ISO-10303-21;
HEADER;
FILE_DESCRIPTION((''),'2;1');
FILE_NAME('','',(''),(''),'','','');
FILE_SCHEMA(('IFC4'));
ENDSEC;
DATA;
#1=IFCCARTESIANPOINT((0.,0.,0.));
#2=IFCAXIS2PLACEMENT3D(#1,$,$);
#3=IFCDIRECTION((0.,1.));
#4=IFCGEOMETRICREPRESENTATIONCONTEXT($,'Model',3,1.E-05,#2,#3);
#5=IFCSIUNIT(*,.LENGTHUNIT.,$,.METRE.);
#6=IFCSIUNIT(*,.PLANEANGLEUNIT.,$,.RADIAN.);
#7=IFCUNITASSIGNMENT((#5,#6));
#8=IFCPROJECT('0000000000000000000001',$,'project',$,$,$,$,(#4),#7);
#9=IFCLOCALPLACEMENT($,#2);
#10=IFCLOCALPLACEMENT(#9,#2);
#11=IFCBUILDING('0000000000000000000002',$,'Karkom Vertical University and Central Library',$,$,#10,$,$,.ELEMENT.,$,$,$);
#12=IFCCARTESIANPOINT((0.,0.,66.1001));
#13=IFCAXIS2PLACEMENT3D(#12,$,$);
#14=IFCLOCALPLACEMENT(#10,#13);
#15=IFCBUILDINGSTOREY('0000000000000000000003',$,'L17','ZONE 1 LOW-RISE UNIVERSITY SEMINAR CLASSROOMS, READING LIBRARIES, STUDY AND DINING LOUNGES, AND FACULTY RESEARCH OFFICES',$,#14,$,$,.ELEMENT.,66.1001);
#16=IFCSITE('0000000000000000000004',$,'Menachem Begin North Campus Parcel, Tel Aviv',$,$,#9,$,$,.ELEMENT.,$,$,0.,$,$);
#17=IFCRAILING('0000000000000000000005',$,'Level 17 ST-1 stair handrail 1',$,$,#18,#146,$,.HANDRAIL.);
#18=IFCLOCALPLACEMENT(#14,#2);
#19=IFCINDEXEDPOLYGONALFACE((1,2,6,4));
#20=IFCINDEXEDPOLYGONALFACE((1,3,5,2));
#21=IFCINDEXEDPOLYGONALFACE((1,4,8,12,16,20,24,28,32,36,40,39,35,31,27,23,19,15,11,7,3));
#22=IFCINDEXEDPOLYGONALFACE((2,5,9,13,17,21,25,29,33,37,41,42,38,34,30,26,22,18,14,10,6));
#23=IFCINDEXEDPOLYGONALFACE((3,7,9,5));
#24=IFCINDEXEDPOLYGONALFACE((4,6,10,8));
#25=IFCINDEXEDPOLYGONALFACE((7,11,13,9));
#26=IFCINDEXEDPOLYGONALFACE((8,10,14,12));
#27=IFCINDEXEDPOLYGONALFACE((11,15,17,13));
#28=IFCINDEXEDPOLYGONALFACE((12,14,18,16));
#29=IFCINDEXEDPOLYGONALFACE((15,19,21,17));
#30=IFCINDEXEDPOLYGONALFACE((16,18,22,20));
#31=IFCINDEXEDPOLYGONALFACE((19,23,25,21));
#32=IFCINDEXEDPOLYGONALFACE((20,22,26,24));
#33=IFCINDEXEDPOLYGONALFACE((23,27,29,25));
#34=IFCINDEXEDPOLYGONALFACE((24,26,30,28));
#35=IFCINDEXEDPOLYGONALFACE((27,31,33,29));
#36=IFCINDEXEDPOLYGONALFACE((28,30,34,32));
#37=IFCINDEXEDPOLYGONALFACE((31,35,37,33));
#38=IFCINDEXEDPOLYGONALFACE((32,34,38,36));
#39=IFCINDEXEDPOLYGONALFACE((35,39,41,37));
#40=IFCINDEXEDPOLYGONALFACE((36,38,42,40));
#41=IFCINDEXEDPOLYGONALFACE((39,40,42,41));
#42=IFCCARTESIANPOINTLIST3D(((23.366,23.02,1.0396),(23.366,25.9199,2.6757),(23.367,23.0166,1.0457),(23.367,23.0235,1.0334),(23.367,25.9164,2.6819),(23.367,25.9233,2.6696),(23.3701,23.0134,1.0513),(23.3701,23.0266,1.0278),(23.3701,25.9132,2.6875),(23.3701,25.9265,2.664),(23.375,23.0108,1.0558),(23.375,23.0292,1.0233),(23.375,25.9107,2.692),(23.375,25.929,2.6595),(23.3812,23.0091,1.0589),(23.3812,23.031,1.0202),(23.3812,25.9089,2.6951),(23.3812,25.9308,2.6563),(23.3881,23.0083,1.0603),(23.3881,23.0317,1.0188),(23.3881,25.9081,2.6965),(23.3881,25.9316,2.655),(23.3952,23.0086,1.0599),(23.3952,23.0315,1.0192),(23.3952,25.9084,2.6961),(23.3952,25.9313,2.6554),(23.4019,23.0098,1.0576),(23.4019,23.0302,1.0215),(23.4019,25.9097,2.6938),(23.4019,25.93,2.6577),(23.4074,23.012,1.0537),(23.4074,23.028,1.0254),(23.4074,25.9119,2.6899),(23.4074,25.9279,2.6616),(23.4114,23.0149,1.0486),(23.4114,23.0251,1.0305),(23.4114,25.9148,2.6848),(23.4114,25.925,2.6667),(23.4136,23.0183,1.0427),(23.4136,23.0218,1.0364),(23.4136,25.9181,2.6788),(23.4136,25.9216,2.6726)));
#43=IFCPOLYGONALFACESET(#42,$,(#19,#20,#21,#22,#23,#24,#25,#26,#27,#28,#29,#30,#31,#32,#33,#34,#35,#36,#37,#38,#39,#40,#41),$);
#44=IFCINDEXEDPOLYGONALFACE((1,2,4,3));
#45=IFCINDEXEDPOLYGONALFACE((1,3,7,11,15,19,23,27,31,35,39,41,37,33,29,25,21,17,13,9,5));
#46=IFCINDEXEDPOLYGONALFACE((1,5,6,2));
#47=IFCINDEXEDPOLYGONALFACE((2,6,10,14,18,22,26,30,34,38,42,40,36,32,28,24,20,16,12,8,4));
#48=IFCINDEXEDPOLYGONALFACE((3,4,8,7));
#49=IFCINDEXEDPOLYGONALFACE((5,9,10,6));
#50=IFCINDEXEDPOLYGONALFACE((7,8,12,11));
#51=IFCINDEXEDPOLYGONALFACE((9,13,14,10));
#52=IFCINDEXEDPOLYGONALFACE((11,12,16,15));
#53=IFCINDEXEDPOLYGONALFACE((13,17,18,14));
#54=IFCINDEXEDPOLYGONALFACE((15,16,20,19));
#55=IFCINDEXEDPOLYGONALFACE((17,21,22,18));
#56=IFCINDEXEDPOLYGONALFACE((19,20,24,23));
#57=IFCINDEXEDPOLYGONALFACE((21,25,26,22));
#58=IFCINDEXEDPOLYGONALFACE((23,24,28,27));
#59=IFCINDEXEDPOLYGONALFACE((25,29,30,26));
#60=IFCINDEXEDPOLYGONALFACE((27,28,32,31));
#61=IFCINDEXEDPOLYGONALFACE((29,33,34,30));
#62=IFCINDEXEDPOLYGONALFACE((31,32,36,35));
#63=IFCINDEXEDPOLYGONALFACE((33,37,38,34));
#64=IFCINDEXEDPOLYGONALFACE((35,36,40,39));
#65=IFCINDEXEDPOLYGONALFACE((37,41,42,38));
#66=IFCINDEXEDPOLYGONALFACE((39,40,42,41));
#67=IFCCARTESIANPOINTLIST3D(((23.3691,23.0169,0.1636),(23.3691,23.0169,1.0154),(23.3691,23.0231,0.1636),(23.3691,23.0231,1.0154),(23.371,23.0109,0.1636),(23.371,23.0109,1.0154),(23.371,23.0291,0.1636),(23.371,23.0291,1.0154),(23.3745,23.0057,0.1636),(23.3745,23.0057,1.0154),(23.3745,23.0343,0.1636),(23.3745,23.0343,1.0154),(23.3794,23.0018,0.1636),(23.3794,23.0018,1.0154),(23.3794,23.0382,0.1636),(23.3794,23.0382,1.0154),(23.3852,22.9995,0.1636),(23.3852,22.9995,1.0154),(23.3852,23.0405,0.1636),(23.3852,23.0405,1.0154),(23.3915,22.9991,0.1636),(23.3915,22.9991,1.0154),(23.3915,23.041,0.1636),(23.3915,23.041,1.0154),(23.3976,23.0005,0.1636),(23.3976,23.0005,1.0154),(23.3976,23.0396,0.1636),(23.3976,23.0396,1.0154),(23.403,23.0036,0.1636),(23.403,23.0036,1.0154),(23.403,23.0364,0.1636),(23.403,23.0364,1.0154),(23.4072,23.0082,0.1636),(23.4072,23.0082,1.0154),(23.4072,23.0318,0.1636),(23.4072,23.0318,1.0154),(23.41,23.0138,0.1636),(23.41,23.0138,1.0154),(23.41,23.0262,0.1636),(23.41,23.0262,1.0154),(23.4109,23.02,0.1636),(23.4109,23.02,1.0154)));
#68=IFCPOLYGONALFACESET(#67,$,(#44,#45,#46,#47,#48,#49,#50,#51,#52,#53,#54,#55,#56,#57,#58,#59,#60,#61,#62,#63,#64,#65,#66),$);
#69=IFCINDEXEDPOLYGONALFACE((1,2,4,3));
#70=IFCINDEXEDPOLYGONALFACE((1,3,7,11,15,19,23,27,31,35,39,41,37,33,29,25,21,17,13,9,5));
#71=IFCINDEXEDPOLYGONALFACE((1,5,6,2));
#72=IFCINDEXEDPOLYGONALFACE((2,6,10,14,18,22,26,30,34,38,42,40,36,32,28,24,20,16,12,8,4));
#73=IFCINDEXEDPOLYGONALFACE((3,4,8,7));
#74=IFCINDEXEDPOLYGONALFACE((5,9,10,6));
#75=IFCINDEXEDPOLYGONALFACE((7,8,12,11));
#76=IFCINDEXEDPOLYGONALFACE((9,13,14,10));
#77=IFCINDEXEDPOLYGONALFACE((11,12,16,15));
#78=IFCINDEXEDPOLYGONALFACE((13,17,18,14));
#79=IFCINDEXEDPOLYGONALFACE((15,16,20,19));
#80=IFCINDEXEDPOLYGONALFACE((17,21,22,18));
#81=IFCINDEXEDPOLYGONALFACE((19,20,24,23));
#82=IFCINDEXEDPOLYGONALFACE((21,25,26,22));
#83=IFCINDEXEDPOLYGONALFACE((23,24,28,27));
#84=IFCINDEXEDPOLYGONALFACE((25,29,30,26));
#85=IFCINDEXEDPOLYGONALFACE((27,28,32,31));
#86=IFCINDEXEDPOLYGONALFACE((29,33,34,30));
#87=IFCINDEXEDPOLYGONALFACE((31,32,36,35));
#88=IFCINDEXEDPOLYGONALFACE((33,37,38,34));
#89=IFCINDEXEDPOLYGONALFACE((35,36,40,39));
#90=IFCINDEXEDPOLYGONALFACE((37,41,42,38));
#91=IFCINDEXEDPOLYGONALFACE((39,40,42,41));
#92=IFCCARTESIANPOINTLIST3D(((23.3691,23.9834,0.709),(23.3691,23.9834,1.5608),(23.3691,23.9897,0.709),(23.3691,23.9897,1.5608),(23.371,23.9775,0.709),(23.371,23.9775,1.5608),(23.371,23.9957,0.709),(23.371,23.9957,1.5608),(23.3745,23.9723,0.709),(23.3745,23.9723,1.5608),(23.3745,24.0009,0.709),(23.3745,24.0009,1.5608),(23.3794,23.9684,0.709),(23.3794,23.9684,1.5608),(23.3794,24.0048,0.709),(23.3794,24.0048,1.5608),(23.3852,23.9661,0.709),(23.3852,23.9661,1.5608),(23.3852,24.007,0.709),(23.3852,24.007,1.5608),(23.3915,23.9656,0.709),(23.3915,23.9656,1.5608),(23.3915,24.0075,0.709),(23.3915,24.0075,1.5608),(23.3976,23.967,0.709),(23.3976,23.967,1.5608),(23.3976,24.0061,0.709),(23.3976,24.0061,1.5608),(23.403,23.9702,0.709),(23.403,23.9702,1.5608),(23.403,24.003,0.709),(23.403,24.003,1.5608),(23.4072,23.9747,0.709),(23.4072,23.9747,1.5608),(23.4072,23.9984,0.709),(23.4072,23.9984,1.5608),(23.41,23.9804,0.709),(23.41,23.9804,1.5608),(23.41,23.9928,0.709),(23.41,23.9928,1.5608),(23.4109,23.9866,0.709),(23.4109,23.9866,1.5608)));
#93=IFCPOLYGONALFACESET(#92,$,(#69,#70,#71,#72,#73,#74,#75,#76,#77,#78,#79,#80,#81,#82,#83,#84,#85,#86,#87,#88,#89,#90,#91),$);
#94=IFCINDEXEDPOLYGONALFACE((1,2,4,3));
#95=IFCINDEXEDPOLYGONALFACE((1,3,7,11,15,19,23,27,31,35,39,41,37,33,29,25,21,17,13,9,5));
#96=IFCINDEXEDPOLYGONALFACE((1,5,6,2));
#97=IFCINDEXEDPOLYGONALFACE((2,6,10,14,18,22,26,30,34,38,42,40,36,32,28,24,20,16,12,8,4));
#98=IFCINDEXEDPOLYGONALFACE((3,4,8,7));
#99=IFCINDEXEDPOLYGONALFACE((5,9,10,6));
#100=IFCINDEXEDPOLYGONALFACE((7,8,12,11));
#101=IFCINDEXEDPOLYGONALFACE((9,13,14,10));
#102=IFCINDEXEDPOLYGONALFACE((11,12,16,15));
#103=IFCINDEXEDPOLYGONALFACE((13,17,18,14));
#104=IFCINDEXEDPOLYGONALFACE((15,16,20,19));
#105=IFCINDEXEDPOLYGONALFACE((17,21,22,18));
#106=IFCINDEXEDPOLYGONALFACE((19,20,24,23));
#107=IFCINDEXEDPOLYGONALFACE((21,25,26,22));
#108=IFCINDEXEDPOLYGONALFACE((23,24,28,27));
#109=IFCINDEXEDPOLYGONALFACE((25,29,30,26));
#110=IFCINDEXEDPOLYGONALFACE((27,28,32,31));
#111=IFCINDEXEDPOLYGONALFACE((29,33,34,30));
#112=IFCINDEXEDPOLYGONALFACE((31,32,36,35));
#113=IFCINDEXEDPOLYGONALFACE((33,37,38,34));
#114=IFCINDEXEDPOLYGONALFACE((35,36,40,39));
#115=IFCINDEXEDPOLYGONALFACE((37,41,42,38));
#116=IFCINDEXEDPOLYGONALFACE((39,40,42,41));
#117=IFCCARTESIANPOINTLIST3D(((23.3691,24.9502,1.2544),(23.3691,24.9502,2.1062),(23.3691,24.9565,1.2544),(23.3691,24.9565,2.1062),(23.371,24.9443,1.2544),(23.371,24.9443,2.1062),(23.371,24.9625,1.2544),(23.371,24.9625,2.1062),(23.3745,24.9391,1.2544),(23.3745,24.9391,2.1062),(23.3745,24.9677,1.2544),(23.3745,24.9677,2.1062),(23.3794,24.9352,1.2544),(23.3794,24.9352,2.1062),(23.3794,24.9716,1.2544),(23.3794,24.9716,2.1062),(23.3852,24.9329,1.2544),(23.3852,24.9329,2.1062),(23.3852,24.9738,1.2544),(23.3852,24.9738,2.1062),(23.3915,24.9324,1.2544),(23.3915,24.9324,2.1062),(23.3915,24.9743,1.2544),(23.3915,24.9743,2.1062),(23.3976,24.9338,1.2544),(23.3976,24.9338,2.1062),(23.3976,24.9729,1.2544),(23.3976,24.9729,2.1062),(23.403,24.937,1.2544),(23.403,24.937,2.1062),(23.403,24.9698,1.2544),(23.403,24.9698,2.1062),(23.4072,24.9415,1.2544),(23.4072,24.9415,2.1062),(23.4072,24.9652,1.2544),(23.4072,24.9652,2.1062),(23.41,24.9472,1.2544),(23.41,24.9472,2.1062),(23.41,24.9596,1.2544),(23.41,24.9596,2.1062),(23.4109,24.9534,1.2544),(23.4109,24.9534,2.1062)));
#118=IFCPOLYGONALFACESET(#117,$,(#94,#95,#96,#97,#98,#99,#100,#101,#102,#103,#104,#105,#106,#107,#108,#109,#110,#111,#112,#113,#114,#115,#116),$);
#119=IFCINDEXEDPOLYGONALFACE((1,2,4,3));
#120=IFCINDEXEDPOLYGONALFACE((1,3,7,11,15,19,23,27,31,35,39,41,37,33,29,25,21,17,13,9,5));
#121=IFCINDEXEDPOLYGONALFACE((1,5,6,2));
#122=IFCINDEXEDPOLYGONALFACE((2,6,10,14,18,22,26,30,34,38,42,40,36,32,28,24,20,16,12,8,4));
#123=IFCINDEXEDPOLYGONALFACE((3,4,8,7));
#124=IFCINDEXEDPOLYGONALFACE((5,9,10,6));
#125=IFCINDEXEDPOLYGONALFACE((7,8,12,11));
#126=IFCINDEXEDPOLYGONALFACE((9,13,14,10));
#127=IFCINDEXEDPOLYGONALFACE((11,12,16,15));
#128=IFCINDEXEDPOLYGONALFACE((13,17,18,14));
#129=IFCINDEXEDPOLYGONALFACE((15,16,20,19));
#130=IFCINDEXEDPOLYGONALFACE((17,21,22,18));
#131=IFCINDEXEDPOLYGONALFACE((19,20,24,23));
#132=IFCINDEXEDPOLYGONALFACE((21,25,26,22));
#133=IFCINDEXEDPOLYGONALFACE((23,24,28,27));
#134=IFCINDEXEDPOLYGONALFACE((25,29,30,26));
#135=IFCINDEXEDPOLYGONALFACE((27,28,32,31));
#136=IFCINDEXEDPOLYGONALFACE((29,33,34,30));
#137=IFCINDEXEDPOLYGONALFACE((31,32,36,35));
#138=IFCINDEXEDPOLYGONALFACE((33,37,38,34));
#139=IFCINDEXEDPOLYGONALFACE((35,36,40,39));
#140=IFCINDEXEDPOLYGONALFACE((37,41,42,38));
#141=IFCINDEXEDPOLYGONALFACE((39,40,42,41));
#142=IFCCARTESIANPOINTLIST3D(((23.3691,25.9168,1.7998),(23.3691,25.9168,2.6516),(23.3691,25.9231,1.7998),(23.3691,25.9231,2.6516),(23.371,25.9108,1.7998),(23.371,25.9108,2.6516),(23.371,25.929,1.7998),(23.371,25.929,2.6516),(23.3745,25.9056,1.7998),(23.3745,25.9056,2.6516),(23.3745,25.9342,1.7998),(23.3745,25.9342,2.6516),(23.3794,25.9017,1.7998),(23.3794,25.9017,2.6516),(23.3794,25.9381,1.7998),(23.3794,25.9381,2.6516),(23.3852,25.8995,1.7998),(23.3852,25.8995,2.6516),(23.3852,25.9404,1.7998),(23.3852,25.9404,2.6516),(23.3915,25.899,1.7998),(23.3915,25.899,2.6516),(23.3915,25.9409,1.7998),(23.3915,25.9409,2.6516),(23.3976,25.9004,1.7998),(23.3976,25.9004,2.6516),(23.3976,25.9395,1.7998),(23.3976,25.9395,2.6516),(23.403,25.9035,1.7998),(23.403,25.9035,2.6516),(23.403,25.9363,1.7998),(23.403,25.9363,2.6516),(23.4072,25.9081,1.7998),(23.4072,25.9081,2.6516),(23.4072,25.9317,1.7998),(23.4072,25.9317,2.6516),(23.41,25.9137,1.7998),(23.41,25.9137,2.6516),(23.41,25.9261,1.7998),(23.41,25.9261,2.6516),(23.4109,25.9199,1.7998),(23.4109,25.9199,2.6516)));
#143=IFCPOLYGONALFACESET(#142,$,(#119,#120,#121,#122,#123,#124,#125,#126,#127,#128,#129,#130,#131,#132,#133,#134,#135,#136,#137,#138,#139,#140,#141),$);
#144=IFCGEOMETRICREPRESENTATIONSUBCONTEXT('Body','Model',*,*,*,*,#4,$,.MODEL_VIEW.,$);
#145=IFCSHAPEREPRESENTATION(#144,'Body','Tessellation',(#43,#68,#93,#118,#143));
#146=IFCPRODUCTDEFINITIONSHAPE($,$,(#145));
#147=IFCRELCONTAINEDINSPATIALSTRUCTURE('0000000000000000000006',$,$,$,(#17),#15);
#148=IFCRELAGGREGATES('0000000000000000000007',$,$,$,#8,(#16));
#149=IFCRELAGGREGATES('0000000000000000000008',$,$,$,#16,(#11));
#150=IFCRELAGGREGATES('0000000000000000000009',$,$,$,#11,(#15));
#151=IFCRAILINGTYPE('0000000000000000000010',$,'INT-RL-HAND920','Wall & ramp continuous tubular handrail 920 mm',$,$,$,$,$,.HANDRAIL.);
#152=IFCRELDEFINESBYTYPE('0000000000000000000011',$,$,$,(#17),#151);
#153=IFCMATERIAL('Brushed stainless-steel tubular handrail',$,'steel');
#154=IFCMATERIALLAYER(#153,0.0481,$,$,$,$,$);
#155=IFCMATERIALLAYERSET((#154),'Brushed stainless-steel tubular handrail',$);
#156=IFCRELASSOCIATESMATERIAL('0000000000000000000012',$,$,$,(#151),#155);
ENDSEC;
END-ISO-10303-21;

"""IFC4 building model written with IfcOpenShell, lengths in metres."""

from ifc_helpers import new_model, si_unit, direction, frame, origin, origin_2d, place, context, subcontext, project, spatial, circle, extrude, material, layer, layer_set, type_object, element, save


model = new_model("IFC4")

# Units and contexts
model_context = context("Model", 3, precision=1e-05, world=origin(), true_north=direction((0.0, 1.0)))
body_context = subcontext(model_context, "Body", "Model", "MODEL_VIEW")
ifc_project = project(units=[si_unit("LENGTHUNIT", "METRE"), si_unit("PLANEANGLEUNIT", "RADIAN")], contexts=[model_context])

# Site, building, storey
site_placement = place(None, origin())
site = spatial("IfcSite", under=ifc_project, at=site_placement, Name="Menachem Begin North Campus Parcel, Tel Aviv", CompositionType="ELEMENT", RefElevation=0.0)
building_placement = place(site_placement, origin())
building = spatial("IfcBuilding", under=site, at=building_placement, Name="Karkom Vertical University and Central Library", CompositionType="ELEMENT")
storey_placement = place(building_placement, frame((0.0, 0.0, 66.1001)))
storey = spatial("IfcBuildingStorey", under=building, at=storey_placement, Name="L17", Description="ZONE 1 LOW-RISE UNIVERSITY SEMINAR CLASSROOMS, READING LIBRARIES, STUDY AND DINING LOUNGES, AND FACULTY RESEARCH OFFICES", CompositionType="ELEMENT", Elevation=66.1001)

# Railing
ifc_material_1 = material(Name="Brushed stainless-steel tubular handrail", Category="steel")
ifc_layer_1 = layer(ifc_material_1, 0.0481)
ifc_layer_set_1 = layer_set([ifc_layer_1], Name="Brushed stainless-steel tubular handrail")
railing_type_1 = type_object("IfcRailingType", Name="INT-RL-HAND920", Description="Wall & ramp continuous tubular handrail 920 mm", PredefinedType="HANDRAIL", material=ifc_layer_set_1)
railing_1_placement = place(storey_placement, frame((23.3899, 23.02, 0.1636)))
element("IfcRailing", 1, at=railing_1_placement, inside=storey, type_object=railing_type_1, Name="Level 17 ST-1 stair handrail 1", PredefinedType="HANDRAIL", context=body_context, shape_type="SweptSolid", body=[
    extrude(circle(Radius=0.0239, at=origin_2d()), frame((0.0, 0.0, 0.876), z_axis=(0.0, 0.870929, 0.49141), x_axis=(-1.0, 0.0, 0.0)), (0.0, 0.0, 1.0), 3.3296),
    extrude(circle(Radius=0.021, at=origin_2d()), origin(), (0.0, 0.0, 1.0), 0.8518),
    extrude(circle(Radius=0.021, at=origin_2d()), frame((0.0, 0.9666, 0.5454)), (0.0, 0.0, 1.0), 0.8518),
    extrude(circle(Radius=0.021, at=origin_2d()), frame((0.0, 1.9333, 1.0908)), (0.0, 0.0, 1.0), 0.8518),
    extrude(circle(Radius=0.021, at=origin_2d()), frame((0.0, 2.8999, 1.6362)), (0.0, 0.0, 1.0), 0.8518),
])

save(model, "model.ifc")
